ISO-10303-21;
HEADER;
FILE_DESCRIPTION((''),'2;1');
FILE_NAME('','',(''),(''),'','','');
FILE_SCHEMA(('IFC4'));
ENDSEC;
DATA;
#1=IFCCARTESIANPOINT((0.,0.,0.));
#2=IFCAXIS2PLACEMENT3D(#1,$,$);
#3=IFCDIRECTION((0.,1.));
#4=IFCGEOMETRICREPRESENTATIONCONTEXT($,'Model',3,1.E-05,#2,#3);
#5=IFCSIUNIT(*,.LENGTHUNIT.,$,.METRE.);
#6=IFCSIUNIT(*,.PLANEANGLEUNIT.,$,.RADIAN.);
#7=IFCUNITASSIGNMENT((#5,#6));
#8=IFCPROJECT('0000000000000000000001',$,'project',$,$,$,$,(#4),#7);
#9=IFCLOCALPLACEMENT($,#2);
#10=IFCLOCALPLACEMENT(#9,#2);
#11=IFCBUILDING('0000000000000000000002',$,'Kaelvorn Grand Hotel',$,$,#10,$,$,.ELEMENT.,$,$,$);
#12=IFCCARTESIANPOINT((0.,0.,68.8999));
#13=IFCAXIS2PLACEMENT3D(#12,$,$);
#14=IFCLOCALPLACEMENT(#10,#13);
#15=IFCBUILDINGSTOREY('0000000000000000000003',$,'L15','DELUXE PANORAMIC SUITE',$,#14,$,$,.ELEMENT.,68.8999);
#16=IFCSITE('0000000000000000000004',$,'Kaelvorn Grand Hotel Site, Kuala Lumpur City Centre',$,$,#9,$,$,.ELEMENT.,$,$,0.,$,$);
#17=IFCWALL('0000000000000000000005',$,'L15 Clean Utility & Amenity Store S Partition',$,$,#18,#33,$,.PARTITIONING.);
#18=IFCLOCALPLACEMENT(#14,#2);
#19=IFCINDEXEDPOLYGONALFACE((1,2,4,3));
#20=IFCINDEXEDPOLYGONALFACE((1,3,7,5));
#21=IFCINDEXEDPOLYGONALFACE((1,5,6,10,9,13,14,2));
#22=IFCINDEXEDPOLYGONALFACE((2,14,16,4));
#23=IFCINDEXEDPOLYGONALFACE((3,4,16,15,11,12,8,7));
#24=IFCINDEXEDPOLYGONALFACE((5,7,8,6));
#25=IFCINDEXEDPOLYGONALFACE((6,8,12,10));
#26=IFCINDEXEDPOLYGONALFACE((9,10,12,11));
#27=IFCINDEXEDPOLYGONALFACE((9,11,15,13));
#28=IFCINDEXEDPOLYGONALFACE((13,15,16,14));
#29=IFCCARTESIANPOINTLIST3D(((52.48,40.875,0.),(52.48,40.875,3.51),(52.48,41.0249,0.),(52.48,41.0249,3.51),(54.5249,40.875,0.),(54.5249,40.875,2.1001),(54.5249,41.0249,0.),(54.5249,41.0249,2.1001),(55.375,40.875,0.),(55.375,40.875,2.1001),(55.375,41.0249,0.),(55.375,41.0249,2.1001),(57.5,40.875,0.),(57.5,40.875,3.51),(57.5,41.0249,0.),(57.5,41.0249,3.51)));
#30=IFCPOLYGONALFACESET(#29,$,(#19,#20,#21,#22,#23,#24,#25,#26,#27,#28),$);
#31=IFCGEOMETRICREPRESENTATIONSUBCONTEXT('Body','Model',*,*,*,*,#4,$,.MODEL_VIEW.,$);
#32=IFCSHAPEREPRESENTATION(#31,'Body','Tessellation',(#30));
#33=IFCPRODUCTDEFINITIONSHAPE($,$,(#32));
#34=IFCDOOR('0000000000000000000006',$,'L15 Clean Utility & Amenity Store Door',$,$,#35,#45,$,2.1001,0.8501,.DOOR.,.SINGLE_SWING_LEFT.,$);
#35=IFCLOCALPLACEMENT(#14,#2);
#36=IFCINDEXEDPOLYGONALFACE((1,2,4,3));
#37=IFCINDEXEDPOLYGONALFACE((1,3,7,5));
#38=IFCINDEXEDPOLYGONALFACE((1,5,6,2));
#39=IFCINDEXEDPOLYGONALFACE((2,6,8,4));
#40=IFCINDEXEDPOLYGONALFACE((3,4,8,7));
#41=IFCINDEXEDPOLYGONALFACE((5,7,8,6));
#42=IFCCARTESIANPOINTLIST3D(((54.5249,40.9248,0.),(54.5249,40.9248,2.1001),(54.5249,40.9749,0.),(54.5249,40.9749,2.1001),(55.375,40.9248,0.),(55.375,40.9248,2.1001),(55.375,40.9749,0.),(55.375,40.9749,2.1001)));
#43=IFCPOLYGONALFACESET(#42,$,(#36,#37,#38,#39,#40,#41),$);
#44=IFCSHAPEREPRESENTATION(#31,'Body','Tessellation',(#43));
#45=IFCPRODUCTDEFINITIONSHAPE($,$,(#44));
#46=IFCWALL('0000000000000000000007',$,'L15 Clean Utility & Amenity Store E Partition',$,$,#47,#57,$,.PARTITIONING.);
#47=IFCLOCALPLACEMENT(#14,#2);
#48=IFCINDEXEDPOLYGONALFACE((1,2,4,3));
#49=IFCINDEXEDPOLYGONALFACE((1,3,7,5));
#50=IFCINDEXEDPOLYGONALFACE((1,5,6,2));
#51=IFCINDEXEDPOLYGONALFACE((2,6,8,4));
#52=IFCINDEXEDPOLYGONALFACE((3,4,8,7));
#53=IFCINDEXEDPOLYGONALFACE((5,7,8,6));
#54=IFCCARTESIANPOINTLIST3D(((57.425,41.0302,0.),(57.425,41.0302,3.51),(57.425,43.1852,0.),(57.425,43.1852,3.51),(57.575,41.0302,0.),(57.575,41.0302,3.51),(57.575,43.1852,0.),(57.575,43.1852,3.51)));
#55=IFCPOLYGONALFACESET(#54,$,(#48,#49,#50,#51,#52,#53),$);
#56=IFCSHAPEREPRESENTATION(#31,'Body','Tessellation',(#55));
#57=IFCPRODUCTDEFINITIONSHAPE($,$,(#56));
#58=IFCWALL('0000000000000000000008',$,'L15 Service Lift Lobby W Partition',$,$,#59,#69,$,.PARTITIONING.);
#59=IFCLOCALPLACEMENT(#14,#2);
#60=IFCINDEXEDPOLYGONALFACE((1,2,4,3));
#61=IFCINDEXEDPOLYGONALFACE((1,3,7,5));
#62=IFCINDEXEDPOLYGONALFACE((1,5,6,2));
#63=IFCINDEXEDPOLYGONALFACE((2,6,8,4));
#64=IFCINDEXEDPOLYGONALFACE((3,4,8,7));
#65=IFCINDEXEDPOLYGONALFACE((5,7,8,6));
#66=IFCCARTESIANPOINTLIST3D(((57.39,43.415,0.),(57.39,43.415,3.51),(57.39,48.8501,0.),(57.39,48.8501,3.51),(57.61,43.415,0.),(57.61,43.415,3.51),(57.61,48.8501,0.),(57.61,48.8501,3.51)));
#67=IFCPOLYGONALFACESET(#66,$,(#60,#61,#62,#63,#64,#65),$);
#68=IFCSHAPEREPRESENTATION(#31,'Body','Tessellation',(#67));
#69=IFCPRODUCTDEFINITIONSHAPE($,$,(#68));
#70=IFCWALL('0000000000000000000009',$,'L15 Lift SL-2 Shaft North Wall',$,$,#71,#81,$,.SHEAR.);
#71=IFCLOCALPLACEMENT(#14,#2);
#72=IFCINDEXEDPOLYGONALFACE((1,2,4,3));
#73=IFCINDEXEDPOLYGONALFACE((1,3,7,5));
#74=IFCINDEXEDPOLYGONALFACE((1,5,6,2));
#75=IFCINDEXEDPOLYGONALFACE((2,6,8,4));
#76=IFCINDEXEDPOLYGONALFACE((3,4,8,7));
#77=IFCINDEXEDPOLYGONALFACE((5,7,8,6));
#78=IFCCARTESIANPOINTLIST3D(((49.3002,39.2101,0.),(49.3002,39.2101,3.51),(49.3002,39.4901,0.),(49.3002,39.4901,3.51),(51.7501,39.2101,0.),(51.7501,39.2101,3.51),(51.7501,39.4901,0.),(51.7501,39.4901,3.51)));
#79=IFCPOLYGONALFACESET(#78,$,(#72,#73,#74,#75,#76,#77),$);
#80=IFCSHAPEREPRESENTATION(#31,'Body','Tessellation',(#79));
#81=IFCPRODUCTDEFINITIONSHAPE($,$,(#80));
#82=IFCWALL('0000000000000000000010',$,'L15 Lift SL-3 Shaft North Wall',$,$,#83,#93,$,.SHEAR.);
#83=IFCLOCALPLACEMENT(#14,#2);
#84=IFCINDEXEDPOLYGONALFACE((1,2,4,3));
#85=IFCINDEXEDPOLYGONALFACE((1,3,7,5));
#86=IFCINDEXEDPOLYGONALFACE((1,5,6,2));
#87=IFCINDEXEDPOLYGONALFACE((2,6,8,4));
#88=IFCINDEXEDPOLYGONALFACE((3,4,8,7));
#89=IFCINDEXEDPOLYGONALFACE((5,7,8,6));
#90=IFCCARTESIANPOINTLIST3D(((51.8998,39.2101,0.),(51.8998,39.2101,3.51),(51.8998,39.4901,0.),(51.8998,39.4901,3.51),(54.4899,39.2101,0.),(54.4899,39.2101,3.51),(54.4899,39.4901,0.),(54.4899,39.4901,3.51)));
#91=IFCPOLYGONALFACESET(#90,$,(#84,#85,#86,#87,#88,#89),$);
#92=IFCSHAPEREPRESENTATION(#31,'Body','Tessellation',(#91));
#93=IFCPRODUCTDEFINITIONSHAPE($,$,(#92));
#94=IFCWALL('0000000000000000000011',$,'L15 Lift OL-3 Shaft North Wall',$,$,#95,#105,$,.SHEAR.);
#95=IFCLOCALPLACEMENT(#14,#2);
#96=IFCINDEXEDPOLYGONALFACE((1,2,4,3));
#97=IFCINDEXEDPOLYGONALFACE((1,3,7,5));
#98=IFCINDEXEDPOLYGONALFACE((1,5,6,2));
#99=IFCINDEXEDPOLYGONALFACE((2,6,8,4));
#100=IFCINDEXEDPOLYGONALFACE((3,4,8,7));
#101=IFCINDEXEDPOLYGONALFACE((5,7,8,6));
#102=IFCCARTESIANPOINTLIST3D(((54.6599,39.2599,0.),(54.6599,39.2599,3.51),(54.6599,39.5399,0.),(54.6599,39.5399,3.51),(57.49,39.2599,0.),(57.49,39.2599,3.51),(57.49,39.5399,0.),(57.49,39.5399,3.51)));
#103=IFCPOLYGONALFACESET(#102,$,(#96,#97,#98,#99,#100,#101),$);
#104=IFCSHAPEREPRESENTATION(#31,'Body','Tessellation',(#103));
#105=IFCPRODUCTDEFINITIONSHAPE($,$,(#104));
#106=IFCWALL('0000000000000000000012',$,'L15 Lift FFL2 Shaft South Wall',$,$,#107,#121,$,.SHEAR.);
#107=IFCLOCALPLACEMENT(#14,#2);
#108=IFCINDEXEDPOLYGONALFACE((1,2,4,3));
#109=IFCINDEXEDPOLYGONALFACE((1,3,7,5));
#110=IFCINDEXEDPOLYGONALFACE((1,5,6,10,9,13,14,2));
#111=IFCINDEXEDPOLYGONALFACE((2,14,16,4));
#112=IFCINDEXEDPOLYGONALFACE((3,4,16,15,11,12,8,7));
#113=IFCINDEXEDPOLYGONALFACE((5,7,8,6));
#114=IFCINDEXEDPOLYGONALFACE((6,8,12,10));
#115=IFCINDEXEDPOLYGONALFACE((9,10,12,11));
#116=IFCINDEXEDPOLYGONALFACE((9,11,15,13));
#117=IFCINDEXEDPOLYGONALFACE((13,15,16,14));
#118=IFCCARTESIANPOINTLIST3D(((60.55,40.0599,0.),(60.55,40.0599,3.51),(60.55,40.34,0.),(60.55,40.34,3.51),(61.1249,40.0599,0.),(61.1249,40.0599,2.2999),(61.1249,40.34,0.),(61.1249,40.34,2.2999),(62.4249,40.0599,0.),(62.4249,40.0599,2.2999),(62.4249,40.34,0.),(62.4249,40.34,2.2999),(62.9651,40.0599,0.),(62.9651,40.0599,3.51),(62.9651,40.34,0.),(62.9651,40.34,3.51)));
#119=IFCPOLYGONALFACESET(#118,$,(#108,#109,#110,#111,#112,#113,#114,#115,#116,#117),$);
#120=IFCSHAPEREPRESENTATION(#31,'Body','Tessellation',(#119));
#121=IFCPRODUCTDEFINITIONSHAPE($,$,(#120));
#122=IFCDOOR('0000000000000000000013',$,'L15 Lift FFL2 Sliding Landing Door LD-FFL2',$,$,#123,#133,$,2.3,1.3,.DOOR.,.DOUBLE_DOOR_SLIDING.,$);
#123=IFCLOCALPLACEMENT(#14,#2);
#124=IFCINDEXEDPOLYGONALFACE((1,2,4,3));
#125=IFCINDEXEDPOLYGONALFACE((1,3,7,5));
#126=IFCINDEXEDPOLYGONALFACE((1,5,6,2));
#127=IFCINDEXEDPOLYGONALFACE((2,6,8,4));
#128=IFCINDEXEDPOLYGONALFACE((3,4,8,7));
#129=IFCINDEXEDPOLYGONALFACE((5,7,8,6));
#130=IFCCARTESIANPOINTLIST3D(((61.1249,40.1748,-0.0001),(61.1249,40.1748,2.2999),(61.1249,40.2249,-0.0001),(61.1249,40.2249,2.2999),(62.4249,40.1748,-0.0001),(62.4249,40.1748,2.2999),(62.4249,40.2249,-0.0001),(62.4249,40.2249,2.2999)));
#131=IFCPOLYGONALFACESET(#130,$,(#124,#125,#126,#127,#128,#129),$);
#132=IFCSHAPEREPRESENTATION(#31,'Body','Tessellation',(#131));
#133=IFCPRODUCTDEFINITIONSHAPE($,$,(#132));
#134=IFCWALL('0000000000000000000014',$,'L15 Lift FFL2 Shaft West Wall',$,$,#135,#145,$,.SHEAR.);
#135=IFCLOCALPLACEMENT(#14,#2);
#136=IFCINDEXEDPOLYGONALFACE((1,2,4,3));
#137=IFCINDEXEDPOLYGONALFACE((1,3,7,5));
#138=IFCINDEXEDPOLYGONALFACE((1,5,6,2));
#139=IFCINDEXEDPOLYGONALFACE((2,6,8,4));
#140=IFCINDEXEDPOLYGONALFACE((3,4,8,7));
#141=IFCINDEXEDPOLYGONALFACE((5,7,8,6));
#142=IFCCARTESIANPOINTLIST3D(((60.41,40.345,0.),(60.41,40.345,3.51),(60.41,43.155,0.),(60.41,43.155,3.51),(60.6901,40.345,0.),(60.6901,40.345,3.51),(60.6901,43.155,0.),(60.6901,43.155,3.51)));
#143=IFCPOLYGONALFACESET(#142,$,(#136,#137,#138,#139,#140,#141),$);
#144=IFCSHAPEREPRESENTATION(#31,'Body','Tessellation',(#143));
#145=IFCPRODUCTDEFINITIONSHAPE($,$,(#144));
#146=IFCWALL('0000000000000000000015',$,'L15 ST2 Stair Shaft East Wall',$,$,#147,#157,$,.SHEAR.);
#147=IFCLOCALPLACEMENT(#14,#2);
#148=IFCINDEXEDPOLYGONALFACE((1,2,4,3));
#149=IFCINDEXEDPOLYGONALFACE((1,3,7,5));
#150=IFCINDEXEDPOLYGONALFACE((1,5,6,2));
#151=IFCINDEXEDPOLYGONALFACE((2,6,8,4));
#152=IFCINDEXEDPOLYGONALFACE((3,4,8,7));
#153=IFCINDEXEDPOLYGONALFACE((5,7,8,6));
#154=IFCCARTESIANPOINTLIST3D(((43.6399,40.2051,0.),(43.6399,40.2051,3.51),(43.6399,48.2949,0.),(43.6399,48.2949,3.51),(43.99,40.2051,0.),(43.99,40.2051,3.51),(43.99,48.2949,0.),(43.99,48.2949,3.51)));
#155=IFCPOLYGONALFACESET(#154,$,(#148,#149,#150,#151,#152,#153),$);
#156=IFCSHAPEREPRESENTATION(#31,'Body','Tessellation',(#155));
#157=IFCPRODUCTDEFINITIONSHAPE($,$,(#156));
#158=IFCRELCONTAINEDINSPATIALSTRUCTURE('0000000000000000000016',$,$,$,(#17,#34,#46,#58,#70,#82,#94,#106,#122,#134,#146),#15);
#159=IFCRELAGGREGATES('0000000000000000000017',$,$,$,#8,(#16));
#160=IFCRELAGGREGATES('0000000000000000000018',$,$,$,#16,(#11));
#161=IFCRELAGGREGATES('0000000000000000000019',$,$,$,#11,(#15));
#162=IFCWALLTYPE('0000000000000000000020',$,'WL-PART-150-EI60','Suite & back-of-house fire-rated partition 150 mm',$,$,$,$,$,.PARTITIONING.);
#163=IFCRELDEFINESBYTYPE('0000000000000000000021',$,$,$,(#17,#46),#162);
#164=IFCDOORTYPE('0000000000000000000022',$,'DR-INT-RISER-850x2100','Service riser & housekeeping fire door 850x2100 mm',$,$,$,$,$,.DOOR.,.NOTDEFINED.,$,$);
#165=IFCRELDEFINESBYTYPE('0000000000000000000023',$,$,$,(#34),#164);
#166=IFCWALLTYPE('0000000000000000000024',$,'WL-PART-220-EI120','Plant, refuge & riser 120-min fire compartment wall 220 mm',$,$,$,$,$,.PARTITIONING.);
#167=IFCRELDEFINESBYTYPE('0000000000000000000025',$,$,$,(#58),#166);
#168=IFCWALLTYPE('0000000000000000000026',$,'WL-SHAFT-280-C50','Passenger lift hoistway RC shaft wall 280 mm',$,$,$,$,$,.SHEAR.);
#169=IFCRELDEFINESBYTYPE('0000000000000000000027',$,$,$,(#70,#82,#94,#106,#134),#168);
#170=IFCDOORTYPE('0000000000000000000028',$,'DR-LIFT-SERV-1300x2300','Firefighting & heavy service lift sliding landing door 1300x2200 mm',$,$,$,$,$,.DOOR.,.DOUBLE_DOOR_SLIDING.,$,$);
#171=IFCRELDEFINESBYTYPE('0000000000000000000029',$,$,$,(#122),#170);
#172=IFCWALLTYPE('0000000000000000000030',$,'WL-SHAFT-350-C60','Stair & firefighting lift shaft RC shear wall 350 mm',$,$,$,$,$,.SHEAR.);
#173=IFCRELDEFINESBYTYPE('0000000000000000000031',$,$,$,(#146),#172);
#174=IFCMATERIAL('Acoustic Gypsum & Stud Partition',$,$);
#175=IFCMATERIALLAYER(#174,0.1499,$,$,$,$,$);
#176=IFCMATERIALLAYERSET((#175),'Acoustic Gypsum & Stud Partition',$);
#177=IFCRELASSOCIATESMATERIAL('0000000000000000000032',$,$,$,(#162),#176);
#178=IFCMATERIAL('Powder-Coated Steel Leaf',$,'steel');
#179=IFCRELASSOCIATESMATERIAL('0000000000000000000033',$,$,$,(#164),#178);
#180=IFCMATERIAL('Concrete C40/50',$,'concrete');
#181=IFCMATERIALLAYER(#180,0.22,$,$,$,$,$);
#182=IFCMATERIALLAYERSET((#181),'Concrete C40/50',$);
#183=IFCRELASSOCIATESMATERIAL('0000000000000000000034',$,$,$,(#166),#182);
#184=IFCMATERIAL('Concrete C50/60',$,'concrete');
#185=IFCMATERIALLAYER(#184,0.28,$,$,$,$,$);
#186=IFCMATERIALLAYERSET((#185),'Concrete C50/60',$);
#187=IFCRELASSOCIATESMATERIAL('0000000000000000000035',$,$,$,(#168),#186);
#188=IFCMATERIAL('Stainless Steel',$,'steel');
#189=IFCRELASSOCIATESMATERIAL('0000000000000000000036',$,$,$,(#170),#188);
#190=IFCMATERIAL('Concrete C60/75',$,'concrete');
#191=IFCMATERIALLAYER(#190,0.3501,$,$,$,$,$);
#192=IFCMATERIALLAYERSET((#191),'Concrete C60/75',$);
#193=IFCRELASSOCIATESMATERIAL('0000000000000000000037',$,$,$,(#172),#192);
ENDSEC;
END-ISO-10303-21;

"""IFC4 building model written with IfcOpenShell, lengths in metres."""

from ifc_helpers import new_model, si_unit, direction, frame, frame_2d, origin, place, context, subcontext, project, spatial, rectangle, extrude, material, layer, layer_set, type_object, element, fill, save


model = new_model("IFC4")

# Units and contexts
model_context = context("Model", 3, precision=1e-05, world=origin(), true_north=direction((0.0, 1.0)))
body_context = subcontext(model_context, "Body", "Model", "MODEL_VIEW")
ifc_project = project(units=[si_unit("LENGTHUNIT", "METRE"), si_unit("PLANEANGLEUNIT", "RADIAN")], contexts=[model_context])

# Site, building, storey
site_placement = place(None, origin())
site = spatial("IfcSite", under=ifc_project, at=site_placement, Name="Kaelvorn Grand Hotel Site, Kuala Lumpur City Centre", CompositionType="ELEMENT", RefElevation=0.0)
building_placement = place(site_placement, origin())
building = spatial("IfcBuilding", under=site, at=building_placement, Name="Kaelvorn Grand Hotel", CompositionType="ELEMENT")
storey_placement = place(building_placement, frame((0.0, 0.0, 68.8999)))
storey = spatial("IfcBuildingStorey", under=building, at=storey_placement, Name="L15", Description="DELUXE PANORAMIC SUITE", CompositionType="ELEMENT", Elevation=68.8999)

# Shared definitions
ifc_material_1 = material(Name="Concrete C60/75", Category="concrete")

# Shared definitions
ifc_material_2 = material(Name="Acoustic Gypsum & Stud Partition")
ifc_layer_1 = layer(ifc_material_2, 0.1499)
ifc_layer_set_1 = layer_set([ifc_layer_1], Name="Acoustic Gypsum & Stud Partition")
wall_type_1 = type_object("IfcWallType", Name="WL-PART-150-EI60", Description="Suite & back-of-house fire-rated partition 150 mm", PredefinedType="PARTITIONING", material=ifc_layer_set_1)
ifc_material_3 = material(Name="Powder-Coated Steel Leaf", Category="steel")
door_type_1 = type_object("IfcDoorType", Name="DR-INT-RISER-850x2100", Description="Service riser & housekeeping fire door 850x2100 mm", OperationType="NOTDEFINED", PredefinedType="DOOR", material=ifc_material_3)

# Wall, opening, door
wall_1_placement = place(storey_placement, frame((52.48, 40.95, 0.0), z_axis=(0.0, 0.0, 1.0), x_axis=(1.0, 0.0, 0.0)))
wall_1 = element("IfcWall", 1, at=wall_1_placement, inside=storey, type_object=wall_type_1, Name="L15 Clean Utility & Amenity Store S Partition", PredefinedType="PARTITIONING", context=body_context, shape_type="SweptSolid", body=[
    extrude(rectangle(XDim=5.02, YDim=0.1499, at=frame_2d((2.51, 0.0))), origin(), (0.0, 0.0, 1.0), 3.51),
])
opening_1_placement = place(wall_1_placement, frame((2.0449, 0.0, 0.0)))
opening_1 = element("IfcOpeningElement", 2, at=opening_1_placement, cuts=wall_1, PredefinedType="OPENING", context=body_context, shape_type="SweptSolid", body=[
    extrude(rectangle(XDim=0.8501, YDim=2.1001, at=frame_2d((0.425, 1.05))), frame((0.0, 0.085, 0.0), z_axis=(0.0, -1.0, 0.0), x_axis=(1.0, 0.0, 0.0)), (0.0, 0.0, 1.0), 0.1699),
])
door_1_placement = place(opening_1_placement, origin())
door_1 = element("IfcDoor", 3, at=door_1_placement, inside=storey, type_object=door_type_1, Name="L15 Clean Utility & Amenity Store Door", OperationType="SINGLE_SWING_LEFT", OverallHeight=2.1001, OverallWidth=0.8501, PredefinedType="DOOR", context=body_context, shape_type="SweptSolid", body=[
    extrude(rectangle(XDim=0.8501, YDim=2.1001, at=frame_2d((0.425, 1.05))), frame((0.0, 0.0249, 0.0), z_axis=(0.0, -1.0, 0.0), x_axis=(1.0, 0.0, 0.0)), (0.0, 0.0, 1.0), 0.05),
])
fill(opening_1, door_1)

# Wall
wall_2_placement = place(storey_placement, frame((57.5, 41.03, 0.0), z_axis=(0.0, 0.0, 1.0), x_axis=(0.0, 1.0, 0.0)))
element("IfcWall", 4, at=wall_2_placement, inside=storey, type_object=wall_type_1, Name="L15 Clean Utility & Amenity Store E Partition", PredefinedType="PARTITIONING", context=body_context, shape_type="SweptSolid", body=[
    extrude(rectangle(XDim=2.155, YDim=0.1499, at=frame_2d((1.0776, 0.0))), origin(), (0.0, 0.0, 1.0), 3.51),
])

# Shared definitions
ifc_material_4 = material(Name="Concrete C40/50", Category="concrete")
ifc_layer_2 = layer(ifc_material_4, 0.22)
ifc_layer_set_2 = layer_set([ifc_layer_2], Name="Concrete C40/50")
wall_type_2 = type_object("IfcWallType", Name="WL-PART-220-EI120", Description="Plant, refuge & riser 120-min fire compartment wall 220 mm", PredefinedType="PARTITIONING", material=ifc_layer_set_2)

# Walls
wall_3_placement = place(storey_placement, frame((57.5, 43.415, 0.0), z_axis=(0.0, 0.0, 1.0), x_axis=(0.0, 1.0, 0.0)))
element("IfcWall", 5, at=wall_3_placement, inside=storey, type_object=wall_type_2, Name="L15 Service Lift Lobby W Partition", PredefinedType="PARTITIONING", context=body_context, shape_type="SweptSolid", body=[
    extrude(rectangle(XDim=5.4351, YDim=0.22, at=frame_2d((2.7175, 0.0))), origin(), (0.0, 0.0, 1.0), 3.51),
])
ifc_material_5 = material(Name="Concrete C50/60", Category="concrete")
ifc_layer_3 = layer(ifc_material_5, 0.28)
ifc_layer_set_3 = layer_set([ifc_layer_3], Name="Concrete C50/60")
wall_type_3 = type_object("IfcWallType", Name="WL-SHAFT-280-C50", Description="Passenger lift hoistway RC shaft wall 280 mm", PredefinedType="SHEAR", material=ifc_layer_set_3)
wall_4_placement = place(storey_placement, frame((49.3, 39.3501, 0.0), z_axis=(0.0, 0.0, 1.0), x_axis=(1.0, 0.0, 0.0)))
element("IfcWall", 6, at=wall_4_placement, inside=storey, type_object=wall_type_3, Name="L15 Lift SL-2 Shaft North Wall", PredefinedType="SHEAR", context=body_context, shape_type="SweptSolid", body=[
    extrude(rectangle(XDim=2.45, YDim=0.28, at=frame_2d((1.2251, 0.0))), origin(), (0.0, 0.0, 1.0), 3.51),
])
wall_5_placement = place(storey_placement, frame((51.8999, 39.3501, 0.0), z_axis=(0.0, 0.0, 1.0), x_axis=(1.0, 0.0, 0.0)))
element("IfcWall", 7, at=wall_5_placement, inside=storey, type_object=wall_type_3, Name="L15 Lift SL-3 Shaft North Wall", PredefinedType="SHEAR", context=body_context, shape_type="SweptSolid", body=[
    extrude(rectangle(XDim=2.5901, YDim=0.28, at=frame_2d((1.2949, 0.0))), origin(), (0.0, 0.0, 1.0), 3.51),
])
wall_6_placement = place(storey_placement, frame((54.6599, 39.3999, 0.0), z_axis=(0.0, 0.0, 1.0), x_axis=(1.0, 0.0, 0.0)))
element("IfcWall", 8, at=wall_6_placement, inside=storey, type_object=wall_type_3, Name="L15 Lift OL-3 Shaft North Wall", PredefinedType="SHEAR", context=body_context, shape_type="SweptSolid", body=[
    extrude(rectangle(XDim=2.8301, YDim=0.28, at=frame_2d((1.415, 0.0))), origin(), (0.0, 0.0, 1.0), 3.51),
])

# Wall, opening, door
wall_7_placement = place(storey_placement, frame((60.55, 40.2, 0.0), z_axis=(0.0, 0.0, 1.0), x_axis=(1.0, 0.0, 0.0)))
wall_7 = element("IfcWall", 9, at=wall_7_placement, inside=storey, type_object=wall_type_3, Name="L15 Lift FFL2 Shaft South Wall", PredefinedType="SHEAR", context=body_context, shape_type="SweptSolid", body=[
    extrude(rectangle(XDim=2.415, YDim=0.28, at=frame_2d((1.2075, 0.0))), origin(), (0.0, 0.0, 1.0), 3.51),
])
opening_2_placement = place(wall_7_placement, frame((0.575, 0.0, 0.0)))
opening_2 = element("IfcOpeningElement", 10, at=opening_2_placement, cuts=wall_7, PredefinedType="OPENING", context=body_context, shape_type="SweptSolid", body=[
    extrude(rectangle(XDim=1.3, YDim=2.3, at=frame_2d((0.6499, 1.1499))), frame((0.0, 0.1499, 0.0), z_axis=(0.0, -1.0, 0.0), x_axis=(1.0, 0.0, 0.0)), (0.0, 0.0, 1.0), 0.3),
])
ifc_material_6 = material(Name="Stainless Steel", Category="steel")
door_type_2 = type_object("IfcDoorType", Name="DR-LIFT-SERV-1300x2300", Description="Firefighting & heavy service lift sliding landing door 1300x2200 mm", OperationType="DOUBLE_DOOR_SLIDING", PredefinedType="DOOR", material=ifc_material_6)
door_2_placement = place(opening_2_placement, origin())
door_2 = element("IfcDoor", 11, at=door_2_placement, inside=storey, type_object=door_type_2, Name="L15 Lift FFL2 Sliding Landing Door LD-FFL2", OperationType="DOUBLE_DOOR_SLIDING", OverallHeight=2.3, OverallWidth=1.3, PredefinedType="DOOR", context=body_context, shape_type="SweptSolid", body=[
    extrude(rectangle(XDim=1.3, YDim=2.3, at=frame_2d((0.6499, 1.1499))), frame((0.0, 0.0249, 0.0), z_axis=(0.0, -1.0, 0.0), x_axis=(1.0, 0.0, 0.0)), (0.0, 0.0, 1.0), 0.05),
])
fill(opening_2, door_2)

# Walls
wall_8_placement = place(storey_placement, frame((60.55, 40.345, 0.0), z_axis=(0.0, 0.0, 1.0), x_axis=(0.0, 1.0, 0.0)))
element("IfcWall", 12, at=wall_8_placement, inside=storey, type_object=wall_type_3, Name="L15 Lift FFL2 Shaft West Wall", PredefinedType="SHEAR", context=body_context, shape_type="SweptSolid", body=[
    extrude(rectangle(XDim=2.8101, YDim=0.28, at=frame_2d((1.405, 0.0))), origin(), (0.0, 0.0, 1.0), 3.51),
])
ifc_layer_4 = layer(ifc_material_1, 0.3501)
ifc_layer_set_4 = layer_set([ifc_layer_4], Name="Concrete C60/75")
wall_type_4 = type_object("IfcWallType", Name="WL-SHAFT-350-C60", Description="Stair & firefighting lift shaft RC shear wall 350 mm", PredefinedType="SHEAR", material=ifc_layer_set_4)
wall_9_placement = place(storey_placement, frame((43.8149, 40.2051, 0.0), z_axis=(0.0, 0.0, 1.0), x_axis=(0.0, 1.0, 0.0)))
element("IfcWall", 13, at=wall_9_placement, inside=storey, type_object=wall_type_4, Name="L15 ST2 Stair Shaft East Wall", PredefinedType="SHEAR", context=body_context, shape_type="SweptSolid", body=[
    extrude(rectangle(XDim=8.0898, YDim=0.3501, at=frame_2d((4.0449, 0.0))), origin(), (0.0, 0.0, 1.0), 3.51),
])

save(model, "model.ifc")
